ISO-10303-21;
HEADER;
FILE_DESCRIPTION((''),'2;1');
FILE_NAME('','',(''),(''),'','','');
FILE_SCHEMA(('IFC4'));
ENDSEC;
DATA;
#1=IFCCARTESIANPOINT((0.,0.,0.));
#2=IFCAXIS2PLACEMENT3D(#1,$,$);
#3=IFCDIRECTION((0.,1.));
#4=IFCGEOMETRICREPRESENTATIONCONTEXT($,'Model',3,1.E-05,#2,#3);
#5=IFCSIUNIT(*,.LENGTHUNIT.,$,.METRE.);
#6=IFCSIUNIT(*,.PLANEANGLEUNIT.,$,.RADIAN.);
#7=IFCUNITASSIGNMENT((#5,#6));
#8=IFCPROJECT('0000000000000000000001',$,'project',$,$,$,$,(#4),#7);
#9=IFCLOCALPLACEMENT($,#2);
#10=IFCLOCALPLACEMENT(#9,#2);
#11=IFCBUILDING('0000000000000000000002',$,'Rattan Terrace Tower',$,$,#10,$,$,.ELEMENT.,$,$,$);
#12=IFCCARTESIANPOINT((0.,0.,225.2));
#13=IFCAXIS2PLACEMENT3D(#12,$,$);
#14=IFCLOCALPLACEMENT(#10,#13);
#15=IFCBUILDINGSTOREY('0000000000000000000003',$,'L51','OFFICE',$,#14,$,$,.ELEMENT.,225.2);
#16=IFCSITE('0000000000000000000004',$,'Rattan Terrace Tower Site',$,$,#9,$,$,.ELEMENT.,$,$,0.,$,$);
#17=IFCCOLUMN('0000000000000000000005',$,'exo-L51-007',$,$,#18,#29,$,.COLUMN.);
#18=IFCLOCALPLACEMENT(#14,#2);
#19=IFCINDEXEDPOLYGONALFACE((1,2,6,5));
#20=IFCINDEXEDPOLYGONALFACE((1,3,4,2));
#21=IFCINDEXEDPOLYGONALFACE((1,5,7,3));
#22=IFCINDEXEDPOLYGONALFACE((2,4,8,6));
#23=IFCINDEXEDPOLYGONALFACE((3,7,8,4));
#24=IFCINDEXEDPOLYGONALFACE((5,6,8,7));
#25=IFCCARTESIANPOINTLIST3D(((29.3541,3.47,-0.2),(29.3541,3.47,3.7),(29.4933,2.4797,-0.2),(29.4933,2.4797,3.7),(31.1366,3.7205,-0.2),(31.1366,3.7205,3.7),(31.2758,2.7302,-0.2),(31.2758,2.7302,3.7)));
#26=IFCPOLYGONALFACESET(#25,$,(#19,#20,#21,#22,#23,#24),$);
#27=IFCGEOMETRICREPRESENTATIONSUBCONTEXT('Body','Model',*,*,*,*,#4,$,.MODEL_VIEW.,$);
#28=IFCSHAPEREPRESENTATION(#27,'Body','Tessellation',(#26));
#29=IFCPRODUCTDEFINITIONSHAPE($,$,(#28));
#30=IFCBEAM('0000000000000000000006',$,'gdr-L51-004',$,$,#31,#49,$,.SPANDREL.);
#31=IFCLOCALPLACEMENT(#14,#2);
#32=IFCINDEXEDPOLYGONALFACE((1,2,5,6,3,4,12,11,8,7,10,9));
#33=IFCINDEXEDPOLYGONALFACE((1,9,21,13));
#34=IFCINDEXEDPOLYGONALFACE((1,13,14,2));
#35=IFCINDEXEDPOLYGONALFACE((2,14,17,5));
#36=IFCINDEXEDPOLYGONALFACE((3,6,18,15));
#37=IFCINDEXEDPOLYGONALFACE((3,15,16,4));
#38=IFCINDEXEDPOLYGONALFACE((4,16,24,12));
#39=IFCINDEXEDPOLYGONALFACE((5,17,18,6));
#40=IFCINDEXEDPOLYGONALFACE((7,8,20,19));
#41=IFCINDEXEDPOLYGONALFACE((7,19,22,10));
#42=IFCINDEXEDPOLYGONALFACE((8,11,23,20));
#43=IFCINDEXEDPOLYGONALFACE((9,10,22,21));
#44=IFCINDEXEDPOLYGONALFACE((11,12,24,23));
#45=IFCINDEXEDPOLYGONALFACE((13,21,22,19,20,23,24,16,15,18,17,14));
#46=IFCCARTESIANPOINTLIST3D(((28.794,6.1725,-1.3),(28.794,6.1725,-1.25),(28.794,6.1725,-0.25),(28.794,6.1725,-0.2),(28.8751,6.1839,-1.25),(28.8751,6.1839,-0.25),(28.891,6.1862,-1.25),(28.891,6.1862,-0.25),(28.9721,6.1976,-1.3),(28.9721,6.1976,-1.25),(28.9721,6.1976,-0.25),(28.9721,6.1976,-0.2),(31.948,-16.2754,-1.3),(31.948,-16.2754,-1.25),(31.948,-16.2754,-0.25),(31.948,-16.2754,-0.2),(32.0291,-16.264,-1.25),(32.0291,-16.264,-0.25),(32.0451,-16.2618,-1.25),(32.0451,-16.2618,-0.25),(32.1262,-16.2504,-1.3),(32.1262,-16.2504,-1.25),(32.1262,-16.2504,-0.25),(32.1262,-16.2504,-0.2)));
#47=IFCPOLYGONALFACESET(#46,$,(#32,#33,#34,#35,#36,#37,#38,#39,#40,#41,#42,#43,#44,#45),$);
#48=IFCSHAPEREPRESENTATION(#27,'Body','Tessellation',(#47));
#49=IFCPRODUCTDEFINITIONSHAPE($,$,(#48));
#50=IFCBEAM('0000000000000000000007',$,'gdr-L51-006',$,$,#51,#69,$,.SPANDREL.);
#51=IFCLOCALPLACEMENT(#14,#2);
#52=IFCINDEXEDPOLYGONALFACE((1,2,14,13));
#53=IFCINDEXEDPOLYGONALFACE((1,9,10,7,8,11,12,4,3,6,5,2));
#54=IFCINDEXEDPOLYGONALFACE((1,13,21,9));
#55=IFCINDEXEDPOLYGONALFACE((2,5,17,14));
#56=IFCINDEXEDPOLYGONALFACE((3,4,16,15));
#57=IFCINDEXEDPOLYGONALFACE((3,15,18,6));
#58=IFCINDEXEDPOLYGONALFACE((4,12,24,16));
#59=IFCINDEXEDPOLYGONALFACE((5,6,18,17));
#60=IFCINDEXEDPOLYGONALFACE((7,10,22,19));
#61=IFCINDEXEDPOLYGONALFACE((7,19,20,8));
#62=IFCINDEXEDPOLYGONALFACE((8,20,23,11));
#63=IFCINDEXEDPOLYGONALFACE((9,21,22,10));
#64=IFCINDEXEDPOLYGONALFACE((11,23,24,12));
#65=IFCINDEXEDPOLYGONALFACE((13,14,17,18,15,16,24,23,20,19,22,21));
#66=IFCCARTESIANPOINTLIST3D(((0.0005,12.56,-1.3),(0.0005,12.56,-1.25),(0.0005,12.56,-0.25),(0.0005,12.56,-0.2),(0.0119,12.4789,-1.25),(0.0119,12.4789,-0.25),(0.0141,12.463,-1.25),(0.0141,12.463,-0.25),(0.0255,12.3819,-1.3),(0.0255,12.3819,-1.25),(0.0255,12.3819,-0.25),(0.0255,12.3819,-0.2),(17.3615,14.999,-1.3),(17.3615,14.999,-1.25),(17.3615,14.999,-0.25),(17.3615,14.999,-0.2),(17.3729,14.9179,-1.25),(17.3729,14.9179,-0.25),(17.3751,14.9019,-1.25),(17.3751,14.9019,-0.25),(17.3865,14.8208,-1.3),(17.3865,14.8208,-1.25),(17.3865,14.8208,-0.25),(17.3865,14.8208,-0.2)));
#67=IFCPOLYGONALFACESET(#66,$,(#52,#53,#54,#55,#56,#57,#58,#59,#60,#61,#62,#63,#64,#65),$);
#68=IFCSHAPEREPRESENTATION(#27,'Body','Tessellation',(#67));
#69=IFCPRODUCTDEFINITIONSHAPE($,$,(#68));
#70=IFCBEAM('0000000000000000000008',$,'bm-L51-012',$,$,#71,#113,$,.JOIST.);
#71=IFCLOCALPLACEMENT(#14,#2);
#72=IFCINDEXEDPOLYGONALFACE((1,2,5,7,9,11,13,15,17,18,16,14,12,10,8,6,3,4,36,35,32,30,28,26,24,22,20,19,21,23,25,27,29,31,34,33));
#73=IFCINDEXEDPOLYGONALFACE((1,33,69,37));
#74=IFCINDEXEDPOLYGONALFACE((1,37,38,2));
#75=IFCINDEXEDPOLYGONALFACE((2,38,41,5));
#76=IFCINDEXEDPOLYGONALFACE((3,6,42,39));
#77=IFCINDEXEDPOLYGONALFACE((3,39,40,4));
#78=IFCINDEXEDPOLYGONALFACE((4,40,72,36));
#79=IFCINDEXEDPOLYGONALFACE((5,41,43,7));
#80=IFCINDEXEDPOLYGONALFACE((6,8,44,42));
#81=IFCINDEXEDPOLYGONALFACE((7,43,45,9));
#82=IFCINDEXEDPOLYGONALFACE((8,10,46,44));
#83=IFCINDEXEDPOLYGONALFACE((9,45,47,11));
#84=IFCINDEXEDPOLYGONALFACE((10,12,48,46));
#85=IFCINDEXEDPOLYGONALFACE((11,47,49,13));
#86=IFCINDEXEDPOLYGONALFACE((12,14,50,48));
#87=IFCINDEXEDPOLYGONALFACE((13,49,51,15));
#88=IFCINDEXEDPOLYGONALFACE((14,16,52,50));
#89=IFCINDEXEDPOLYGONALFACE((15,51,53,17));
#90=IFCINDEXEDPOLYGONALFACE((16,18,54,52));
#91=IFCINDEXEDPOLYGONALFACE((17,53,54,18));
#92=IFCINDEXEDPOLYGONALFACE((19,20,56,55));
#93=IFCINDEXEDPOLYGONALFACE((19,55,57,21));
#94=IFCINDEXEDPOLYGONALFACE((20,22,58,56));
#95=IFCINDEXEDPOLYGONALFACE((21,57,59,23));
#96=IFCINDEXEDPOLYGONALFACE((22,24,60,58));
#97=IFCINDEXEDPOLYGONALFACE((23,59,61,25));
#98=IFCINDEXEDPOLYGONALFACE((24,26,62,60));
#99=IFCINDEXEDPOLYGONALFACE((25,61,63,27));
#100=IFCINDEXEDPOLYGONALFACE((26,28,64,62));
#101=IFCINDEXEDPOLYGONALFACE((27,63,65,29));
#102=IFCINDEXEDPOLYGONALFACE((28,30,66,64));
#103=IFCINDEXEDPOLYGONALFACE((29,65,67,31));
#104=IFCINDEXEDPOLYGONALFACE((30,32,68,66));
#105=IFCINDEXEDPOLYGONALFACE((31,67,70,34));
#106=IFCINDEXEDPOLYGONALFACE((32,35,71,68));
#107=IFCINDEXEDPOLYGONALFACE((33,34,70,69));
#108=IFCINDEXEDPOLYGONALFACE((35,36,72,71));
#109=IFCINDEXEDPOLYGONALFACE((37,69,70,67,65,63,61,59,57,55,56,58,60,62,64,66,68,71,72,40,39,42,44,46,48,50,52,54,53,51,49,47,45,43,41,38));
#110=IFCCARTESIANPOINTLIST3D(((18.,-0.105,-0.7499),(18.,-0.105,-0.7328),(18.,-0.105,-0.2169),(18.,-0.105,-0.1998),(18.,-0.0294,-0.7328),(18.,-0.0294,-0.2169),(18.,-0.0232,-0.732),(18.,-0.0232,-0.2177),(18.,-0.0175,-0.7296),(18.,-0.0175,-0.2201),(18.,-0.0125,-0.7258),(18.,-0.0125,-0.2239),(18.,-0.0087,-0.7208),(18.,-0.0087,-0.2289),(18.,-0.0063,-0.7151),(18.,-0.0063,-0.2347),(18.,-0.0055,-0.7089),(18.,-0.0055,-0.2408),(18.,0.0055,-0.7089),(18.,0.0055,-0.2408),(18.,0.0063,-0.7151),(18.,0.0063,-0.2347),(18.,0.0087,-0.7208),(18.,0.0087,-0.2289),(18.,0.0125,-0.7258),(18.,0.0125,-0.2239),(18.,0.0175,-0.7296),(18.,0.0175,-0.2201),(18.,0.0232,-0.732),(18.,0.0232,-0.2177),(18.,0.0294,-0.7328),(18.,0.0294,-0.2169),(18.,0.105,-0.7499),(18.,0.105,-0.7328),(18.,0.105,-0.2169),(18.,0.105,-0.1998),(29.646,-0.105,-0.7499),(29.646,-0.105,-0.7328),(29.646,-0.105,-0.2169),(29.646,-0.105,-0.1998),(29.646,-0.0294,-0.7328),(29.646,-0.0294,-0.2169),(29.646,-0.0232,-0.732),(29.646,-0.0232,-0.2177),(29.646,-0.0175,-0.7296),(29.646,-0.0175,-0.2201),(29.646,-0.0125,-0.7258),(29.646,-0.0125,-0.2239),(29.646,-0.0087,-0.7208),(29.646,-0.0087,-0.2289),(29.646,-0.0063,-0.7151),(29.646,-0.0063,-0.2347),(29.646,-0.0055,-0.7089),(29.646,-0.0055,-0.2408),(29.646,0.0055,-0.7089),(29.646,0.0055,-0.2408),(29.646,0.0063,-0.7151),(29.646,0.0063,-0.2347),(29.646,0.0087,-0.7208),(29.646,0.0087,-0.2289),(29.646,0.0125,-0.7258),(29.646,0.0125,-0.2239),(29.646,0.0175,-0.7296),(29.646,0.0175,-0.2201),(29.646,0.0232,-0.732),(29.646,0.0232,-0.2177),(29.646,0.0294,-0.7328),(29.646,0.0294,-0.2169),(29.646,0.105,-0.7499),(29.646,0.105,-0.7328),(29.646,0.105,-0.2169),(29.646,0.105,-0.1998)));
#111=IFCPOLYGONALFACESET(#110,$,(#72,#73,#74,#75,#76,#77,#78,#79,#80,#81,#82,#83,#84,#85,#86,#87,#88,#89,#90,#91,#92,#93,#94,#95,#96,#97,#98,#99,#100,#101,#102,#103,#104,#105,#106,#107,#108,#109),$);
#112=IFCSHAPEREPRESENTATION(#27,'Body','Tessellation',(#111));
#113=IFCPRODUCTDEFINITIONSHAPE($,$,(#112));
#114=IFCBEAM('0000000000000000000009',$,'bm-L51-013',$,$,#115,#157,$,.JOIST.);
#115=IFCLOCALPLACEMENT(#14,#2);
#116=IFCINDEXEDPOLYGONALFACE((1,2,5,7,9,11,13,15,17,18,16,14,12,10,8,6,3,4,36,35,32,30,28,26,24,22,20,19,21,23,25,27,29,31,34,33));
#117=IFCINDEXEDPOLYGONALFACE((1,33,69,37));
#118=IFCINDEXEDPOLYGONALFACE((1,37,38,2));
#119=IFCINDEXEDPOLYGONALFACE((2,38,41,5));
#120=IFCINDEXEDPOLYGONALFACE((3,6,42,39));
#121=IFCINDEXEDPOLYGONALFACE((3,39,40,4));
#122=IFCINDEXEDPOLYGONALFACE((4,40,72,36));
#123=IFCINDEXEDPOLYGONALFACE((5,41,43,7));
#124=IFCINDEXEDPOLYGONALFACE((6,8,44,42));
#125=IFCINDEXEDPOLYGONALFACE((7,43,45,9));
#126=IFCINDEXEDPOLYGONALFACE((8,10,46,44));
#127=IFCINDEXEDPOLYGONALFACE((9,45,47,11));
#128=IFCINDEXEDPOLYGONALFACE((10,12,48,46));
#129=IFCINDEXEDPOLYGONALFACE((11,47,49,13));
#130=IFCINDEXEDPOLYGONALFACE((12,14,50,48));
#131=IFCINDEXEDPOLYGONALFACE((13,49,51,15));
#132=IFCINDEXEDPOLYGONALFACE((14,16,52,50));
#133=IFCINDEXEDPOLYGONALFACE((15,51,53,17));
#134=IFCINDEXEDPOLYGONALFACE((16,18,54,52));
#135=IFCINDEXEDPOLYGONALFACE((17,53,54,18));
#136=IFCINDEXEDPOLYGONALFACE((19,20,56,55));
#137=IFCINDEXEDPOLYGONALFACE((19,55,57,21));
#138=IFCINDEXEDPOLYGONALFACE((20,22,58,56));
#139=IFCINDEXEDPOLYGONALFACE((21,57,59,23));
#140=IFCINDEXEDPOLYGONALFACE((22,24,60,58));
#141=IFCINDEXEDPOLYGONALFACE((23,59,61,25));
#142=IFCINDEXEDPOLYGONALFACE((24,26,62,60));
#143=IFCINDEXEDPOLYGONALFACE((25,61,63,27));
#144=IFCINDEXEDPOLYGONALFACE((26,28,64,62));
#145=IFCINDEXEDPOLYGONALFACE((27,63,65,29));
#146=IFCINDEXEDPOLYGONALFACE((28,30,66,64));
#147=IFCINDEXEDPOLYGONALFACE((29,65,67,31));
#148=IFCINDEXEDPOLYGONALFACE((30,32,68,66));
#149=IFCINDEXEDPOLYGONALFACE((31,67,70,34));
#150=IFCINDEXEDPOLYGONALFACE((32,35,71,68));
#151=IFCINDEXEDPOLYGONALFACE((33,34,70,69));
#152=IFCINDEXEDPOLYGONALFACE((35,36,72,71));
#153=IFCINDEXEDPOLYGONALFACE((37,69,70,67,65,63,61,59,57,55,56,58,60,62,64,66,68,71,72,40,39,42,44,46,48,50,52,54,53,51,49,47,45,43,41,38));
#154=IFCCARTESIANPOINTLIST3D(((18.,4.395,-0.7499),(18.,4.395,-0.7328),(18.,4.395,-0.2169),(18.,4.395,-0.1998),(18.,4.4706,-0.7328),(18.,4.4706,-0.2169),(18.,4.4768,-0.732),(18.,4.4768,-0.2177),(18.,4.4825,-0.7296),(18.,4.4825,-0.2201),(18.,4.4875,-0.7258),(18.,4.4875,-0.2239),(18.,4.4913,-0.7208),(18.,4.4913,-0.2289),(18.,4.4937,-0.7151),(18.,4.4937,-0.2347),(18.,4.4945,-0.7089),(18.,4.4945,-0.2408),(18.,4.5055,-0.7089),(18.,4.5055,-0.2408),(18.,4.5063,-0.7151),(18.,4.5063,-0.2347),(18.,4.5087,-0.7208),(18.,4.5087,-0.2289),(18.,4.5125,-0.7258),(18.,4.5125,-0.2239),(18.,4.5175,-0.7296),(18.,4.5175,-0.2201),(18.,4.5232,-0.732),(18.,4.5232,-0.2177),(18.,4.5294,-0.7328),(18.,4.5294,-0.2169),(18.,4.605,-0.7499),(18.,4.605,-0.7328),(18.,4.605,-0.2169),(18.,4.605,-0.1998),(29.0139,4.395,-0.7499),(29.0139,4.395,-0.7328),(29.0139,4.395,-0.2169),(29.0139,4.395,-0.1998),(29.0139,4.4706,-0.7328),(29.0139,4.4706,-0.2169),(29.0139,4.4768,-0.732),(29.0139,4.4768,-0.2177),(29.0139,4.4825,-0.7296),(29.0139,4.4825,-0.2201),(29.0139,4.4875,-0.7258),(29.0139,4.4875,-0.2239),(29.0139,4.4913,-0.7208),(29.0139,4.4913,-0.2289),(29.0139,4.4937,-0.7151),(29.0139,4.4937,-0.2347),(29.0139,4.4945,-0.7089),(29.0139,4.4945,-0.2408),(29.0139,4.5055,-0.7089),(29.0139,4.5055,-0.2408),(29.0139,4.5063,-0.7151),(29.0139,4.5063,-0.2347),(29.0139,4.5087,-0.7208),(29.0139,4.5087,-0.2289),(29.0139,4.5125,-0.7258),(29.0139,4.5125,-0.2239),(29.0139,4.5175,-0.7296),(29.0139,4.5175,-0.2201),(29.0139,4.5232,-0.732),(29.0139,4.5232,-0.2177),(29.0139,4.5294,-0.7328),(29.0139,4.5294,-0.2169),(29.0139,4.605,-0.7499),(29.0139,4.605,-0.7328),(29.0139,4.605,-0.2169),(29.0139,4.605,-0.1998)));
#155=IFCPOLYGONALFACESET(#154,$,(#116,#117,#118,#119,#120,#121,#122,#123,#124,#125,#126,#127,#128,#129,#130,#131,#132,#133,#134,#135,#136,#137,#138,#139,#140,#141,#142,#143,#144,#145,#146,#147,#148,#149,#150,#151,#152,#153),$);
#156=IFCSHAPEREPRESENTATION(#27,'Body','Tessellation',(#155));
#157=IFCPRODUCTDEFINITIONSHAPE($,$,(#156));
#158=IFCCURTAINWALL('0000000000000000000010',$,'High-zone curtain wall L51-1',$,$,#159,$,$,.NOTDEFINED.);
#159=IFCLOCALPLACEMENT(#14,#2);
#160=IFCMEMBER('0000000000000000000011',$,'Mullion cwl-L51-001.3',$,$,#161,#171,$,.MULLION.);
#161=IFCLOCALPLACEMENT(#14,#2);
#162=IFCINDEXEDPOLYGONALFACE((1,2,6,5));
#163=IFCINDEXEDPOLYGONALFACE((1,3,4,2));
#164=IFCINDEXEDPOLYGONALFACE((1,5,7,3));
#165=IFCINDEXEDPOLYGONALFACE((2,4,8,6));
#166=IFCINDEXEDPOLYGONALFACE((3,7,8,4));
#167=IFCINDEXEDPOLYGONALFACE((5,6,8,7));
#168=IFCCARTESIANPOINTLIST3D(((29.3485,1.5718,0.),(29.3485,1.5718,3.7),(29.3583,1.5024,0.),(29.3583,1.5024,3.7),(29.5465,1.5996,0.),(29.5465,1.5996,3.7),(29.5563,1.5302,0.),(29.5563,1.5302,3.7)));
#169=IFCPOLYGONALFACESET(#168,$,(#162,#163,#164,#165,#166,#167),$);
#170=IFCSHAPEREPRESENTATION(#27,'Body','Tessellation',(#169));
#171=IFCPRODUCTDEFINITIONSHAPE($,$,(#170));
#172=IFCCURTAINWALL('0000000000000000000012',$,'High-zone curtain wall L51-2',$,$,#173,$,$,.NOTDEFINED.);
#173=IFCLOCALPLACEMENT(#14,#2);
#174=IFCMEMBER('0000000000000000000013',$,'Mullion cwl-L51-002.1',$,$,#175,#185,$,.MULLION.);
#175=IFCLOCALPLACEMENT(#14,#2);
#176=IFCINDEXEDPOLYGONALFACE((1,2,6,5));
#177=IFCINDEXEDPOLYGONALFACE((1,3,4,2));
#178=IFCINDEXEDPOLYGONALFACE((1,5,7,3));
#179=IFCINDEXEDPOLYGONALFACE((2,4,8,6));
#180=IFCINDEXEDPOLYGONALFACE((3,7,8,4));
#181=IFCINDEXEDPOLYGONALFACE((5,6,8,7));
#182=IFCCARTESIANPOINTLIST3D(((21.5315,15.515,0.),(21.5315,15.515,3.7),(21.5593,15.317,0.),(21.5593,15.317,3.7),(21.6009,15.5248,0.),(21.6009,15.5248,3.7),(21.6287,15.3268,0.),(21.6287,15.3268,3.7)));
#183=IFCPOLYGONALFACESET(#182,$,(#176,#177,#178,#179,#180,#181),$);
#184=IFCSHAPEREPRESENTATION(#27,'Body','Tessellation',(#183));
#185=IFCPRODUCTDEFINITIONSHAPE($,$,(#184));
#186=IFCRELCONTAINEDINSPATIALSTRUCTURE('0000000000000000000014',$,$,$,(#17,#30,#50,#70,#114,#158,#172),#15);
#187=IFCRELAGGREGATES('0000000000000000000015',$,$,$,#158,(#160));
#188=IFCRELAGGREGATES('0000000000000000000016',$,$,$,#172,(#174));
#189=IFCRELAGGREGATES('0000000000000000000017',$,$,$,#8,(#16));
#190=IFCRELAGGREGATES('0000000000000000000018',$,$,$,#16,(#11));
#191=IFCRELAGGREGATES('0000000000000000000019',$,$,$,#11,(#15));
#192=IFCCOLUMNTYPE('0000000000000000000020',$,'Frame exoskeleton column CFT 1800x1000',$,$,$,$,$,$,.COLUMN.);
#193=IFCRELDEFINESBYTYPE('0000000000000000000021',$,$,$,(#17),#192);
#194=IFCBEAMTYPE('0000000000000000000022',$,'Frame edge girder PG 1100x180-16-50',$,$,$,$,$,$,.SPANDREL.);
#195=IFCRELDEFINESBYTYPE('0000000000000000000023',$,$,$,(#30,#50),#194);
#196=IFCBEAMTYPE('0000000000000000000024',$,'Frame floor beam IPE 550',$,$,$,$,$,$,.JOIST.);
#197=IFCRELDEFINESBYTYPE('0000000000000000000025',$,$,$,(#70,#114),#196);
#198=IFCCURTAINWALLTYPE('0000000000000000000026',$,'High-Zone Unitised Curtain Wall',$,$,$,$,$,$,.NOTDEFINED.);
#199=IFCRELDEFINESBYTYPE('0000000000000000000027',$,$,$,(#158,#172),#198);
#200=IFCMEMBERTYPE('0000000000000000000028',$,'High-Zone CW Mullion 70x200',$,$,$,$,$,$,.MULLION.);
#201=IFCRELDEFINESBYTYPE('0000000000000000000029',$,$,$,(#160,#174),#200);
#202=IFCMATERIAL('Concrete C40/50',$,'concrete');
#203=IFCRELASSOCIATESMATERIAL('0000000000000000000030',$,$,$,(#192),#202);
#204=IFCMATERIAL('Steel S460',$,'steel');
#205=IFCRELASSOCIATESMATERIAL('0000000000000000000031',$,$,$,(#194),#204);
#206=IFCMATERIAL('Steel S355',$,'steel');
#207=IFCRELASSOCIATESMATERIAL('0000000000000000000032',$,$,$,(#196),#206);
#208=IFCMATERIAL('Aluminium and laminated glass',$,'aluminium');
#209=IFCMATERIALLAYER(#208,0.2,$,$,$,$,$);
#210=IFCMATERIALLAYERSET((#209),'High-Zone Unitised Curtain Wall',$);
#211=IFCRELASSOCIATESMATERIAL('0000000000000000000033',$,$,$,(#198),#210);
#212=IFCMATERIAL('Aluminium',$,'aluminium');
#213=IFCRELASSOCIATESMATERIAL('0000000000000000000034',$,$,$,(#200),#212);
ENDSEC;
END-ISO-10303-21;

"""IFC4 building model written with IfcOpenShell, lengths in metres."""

from ifc_helpers import new_model, si_unit, direction, frame, origin, origin_2d, place, context, subcontext, project, spatial, rectangle, i_section, extrude, material, layer, layer_set, material_profile, profile_set, type_object, element, aggregate, save


model = new_model("IFC4")

# Units and contexts
model_context = context("Model", 3, precision=1e-05, world=origin(), true_north=direction((0.0, 1.0)))
body_context = subcontext(model_context, "Body", "Model", "MODEL_VIEW")
ifc_project = project(units=[si_unit("LENGTHUNIT", "METRE"), si_unit("PLANEANGLEUNIT", "RADIAN")], contexts=[model_context])

# Site, building, storey
site_placement = place(None, origin())
site = spatial("IfcSite", under=ifc_project, at=site_placement, Name="Rattan Terrace Tower Site", CompositionType="ELEMENT", RefElevation=0.0)
building_placement = place(site_placement, origin())
building = spatial("IfcBuilding", under=site, at=building_placement, Name="Rattan Terrace Tower", CompositionType="ELEMENT")
storey_placement = place(building_placement, frame((0.0, 0.0, 225.2)))
storey = spatial("IfcBuildingStorey", under=building, at=storey_placement, Name="L51", Description="OFFICE", CompositionType="ELEMENT", Elevation=225.2)

# Column
ifc_material_1 = material(Name="Concrete C40/50", Category="concrete")
ifc_material_profile_1 = material_profile(ifc_material_1, rectangle(XDim=1.0, YDim=1.8, at=origin_2d()), Name="CFT 1800x1000")
ifc_profile_set_1 = profile_set([ifc_material_profile_1], Name="Concrete C40/50")
column_type = type_object("IfcColumnType", Name="Frame exoskeleton column CFT 1800x1000", PredefinedType="COLUMN", material=ifc_profile_set_1)
column_placement = place(storey_placement, frame((30.3149, 3.1001, -0.2), z_axis=(0.0, 0.0, 1.0), x_axis=(-0.13919, 0.990266, 0.0)))
element("IfcColumn", 1, at=column_placement, inside=storey, type_object=column_type, Name="exo-L51-007", PredefinedType="COLUMN", context=body_context, shape_type="SweptSolid", body=[
    extrude(rectangle(XDim=1.0, YDim=1.8, at=origin_2d()), origin(), (0.0, 0.0, 1.0), 3.8999),
])

# Beams
ifc_material_2 = material(Name="Steel S460", Category="steel")
ifc_material_profile_2 = material_profile(ifc_material_2, i_section(OverallWidth=0.1799, OverallDepth=1.1001, WebThickness=0.0161, FlangeThickness=0.05, at=origin_2d()), Name="PG 1100x180-16-50")
ifc_profile_set_2 = profile_set([ifc_material_profile_2], Name="Steel S460")
beam_type_1 = type_object("IfcBeamType", Name="Frame edge girder PG 1100x180-16-50", PredefinedType="SPANDREL", material=ifc_profile_set_2)
beam_1_placement = place(storey_placement, frame((28.8831, 6.1851, -0.75), z_axis=(0.139138, -0.990273, 0.0), x_axis=(0.990273, 0.139138, 0.0)))
element("IfcBeam", 2, at=beam_1_placement, inside=storey, type_object=beam_type_1, Name="gdr-L51-004", PredefinedType="SPANDREL", context=body_context, shape_type="SweptSolid", body=[
    extrude(i_section(OverallWidth=0.1799, OverallDepth=1.1001, WebThickness=0.0161, FlangeThickness=0.05, at=origin_2d()), origin(), (0.0, 0.0, 1.0), 22.6685),
])
beam_2_placement = place(storey_placement, frame((17.374, 14.9099, -0.75), z_axis=(-0.990276, -0.139118, 0.0), x_axis=(0.139118, -0.990276, 0.0)))
element("IfcBeam", 3, at=beam_2_placement, inside=storey, type_object=beam_type_1, Name="gdr-L51-006", PredefinedType="SPANDREL", context=body_context, shape_type="SweptSolid", body=[
    extrude(i_section(OverallWidth=0.1799, OverallDepth=1.1001, WebThickness=0.0161, FlangeThickness=0.05, at=origin_2d()), origin(), (0.0, 0.0, 1.0), 17.5315),
])
ifc_material_3 = material(Name="Steel S355", Category="steel")
ifc_material_profile_3 = material_profile(ifc_material_3, i_section(OverallWidth=0.21, OverallDepth=0.55, WebThickness=0.011, FlangeThickness=0.0171, FilletRadius=0.0239, at=origin_2d()), Name="IPE 550")
ifc_profile_set_3 = profile_set([ifc_material_profile_3], Name="Steel S355")
beam_type_2 = type_object("IfcBeamType", Name="Frame floor beam IPE 550", PredefinedType="JOIST", material=ifc_profile_set_3)
beam_3_placement = place(storey_placement, frame((18.0, 0.0, -0.4749), z_axis=(1.0, 0.0, 0.0), x_axis=(0.0, 1.0, 0.0)))
element("IfcBeam", 4, at=beam_3_placement, inside=storey, type_object=beam_type_2, Name="bm-L51-012", PredefinedType="JOIST", context=body_context, shape_type="SweptSolid", body=[
    extrude(i_section(OverallWidth=0.21, OverallDepth=0.55, WebThickness=0.011, FlangeThickness=0.0171, FilletRadius=0.0239, at=origin_2d()), origin(), (0.0, 0.0, 1.0), 11.646),
])
beam_4_placement = place(storey_placement, frame((18.0, 4.5, -0.4749), z_axis=(1.0, 0.0, 0.0), x_axis=(0.0, 1.0, 0.0)))
element("IfcBeam", 5, at=beam_4_placement, inside=storey, type_object=beam_type_2, Name="bm-L51-013", PredefinedType="JOIST", context=body_context, shape_type="SweptSolid", body=[
    extrude(i_section(OverallWidth=0.21, OverallDepth=0.55, WebThickness=0.011, FlangeThickness=0.0171, FilletRadius=0.0239, at=origin_2d()), origin(), (0.0, 0.0, 1.0), 11.0139),
])

# Curtain walls, members
ifc_material_4 = material(Name="Aluminium and laminated glass", Category="aluminium")
ifc_layer_1 = layer(ifc_material_4, 0.2)
ifc_layer_set_1 = layer_set([ifc_layer_1], Name="High-Zone Unitised Curtain Wall")
curtain_wall_type = type_object("IfcCurtainWallType", Name="High-Zone Unitised Curtain Wall", PredefinedType="NOTDEFINED", material=ifc_layer_set_1)
curtain_wall_1_placement = place(storey_placement, origin())
curtain_wall_1 = element("IfcCurtainWall", 6, at=curtain_wall_1_placement, inside=storey, type_object=curtain_wall_type, Name="High-zone curtain wall L51-1", PredefinedType="NOTDEFINED")
ifc_material_5 = material(Name="Aluminium", Category="aluminium")
ifc_material_profile_4 = material_profile(ifc_material_5, rectangle(XDim=0.0701, YDim=0.2, at=origin_2d()), Name="Aluminium 70x200")
ifc_profile_set_4 = profile_set([ifc_material_profile_4], Name="Aluminium")
member_type_1 = type_object("IfcMemberType", Name="High-Zone CW Mullion 70x200", PredefinedType="MULLION", material=ifc_profile_set_4)
member_1_placement = place(storey_placement, frame((29.4524, 1.551, 0.0), z_axis=(0.0, 0.0, 1.0), x_axis=(-0.139186, 0.990266, 0.0)))
member_1 = element("IfcMember", 7, at=member_1_placement, type_object=member_type_1, Name="Mullion cwl-L51-001.3", PredefinedType="MULLION", context=body_context, shape_type="SweptSolid", body=[
    extrude(rectangle(XDim=0.0701, YDim=0.2, at=origin_2d()), origin(), (0.0, 0.0, 1.0), 3.7),
])
curtain_wall_2_placement = place(storey_placement, origin())
curtain_wall_2 = element("IfcCurtainWall", 8, at=curtain_wall_2_placement, inside=storey, type_object=curtain_wall_type, Name="High-zone curtain wall L51-2", PredefinedType="NOTDEFINED")
member_2_placement = place(storey_placement, frame((21.5801, 15.4209, 0.0), z_axis=(0.0, 0.0, 1.0), x_axis=(-0.990267, -0.139177, 0.0)))
member_2 = element("IfcMember", 9, at=member_2_placement, type_object=member_type_1, Name="Mullion cwl-L51-002.1", PredefinedType="MULLION", context=body_context, shape_type="SweptSolid", body=[
    extrude(rectangle(XDim=0.0701, YDim=0.2, at=origin_2d()), origin(), (0.0, 0.0, 1.0), 3.7),
])

aggregate(curtain_wall_1, [member_1])
aggregate(curtain_wall_2, [member_2])

save(model, "model.ifc")
